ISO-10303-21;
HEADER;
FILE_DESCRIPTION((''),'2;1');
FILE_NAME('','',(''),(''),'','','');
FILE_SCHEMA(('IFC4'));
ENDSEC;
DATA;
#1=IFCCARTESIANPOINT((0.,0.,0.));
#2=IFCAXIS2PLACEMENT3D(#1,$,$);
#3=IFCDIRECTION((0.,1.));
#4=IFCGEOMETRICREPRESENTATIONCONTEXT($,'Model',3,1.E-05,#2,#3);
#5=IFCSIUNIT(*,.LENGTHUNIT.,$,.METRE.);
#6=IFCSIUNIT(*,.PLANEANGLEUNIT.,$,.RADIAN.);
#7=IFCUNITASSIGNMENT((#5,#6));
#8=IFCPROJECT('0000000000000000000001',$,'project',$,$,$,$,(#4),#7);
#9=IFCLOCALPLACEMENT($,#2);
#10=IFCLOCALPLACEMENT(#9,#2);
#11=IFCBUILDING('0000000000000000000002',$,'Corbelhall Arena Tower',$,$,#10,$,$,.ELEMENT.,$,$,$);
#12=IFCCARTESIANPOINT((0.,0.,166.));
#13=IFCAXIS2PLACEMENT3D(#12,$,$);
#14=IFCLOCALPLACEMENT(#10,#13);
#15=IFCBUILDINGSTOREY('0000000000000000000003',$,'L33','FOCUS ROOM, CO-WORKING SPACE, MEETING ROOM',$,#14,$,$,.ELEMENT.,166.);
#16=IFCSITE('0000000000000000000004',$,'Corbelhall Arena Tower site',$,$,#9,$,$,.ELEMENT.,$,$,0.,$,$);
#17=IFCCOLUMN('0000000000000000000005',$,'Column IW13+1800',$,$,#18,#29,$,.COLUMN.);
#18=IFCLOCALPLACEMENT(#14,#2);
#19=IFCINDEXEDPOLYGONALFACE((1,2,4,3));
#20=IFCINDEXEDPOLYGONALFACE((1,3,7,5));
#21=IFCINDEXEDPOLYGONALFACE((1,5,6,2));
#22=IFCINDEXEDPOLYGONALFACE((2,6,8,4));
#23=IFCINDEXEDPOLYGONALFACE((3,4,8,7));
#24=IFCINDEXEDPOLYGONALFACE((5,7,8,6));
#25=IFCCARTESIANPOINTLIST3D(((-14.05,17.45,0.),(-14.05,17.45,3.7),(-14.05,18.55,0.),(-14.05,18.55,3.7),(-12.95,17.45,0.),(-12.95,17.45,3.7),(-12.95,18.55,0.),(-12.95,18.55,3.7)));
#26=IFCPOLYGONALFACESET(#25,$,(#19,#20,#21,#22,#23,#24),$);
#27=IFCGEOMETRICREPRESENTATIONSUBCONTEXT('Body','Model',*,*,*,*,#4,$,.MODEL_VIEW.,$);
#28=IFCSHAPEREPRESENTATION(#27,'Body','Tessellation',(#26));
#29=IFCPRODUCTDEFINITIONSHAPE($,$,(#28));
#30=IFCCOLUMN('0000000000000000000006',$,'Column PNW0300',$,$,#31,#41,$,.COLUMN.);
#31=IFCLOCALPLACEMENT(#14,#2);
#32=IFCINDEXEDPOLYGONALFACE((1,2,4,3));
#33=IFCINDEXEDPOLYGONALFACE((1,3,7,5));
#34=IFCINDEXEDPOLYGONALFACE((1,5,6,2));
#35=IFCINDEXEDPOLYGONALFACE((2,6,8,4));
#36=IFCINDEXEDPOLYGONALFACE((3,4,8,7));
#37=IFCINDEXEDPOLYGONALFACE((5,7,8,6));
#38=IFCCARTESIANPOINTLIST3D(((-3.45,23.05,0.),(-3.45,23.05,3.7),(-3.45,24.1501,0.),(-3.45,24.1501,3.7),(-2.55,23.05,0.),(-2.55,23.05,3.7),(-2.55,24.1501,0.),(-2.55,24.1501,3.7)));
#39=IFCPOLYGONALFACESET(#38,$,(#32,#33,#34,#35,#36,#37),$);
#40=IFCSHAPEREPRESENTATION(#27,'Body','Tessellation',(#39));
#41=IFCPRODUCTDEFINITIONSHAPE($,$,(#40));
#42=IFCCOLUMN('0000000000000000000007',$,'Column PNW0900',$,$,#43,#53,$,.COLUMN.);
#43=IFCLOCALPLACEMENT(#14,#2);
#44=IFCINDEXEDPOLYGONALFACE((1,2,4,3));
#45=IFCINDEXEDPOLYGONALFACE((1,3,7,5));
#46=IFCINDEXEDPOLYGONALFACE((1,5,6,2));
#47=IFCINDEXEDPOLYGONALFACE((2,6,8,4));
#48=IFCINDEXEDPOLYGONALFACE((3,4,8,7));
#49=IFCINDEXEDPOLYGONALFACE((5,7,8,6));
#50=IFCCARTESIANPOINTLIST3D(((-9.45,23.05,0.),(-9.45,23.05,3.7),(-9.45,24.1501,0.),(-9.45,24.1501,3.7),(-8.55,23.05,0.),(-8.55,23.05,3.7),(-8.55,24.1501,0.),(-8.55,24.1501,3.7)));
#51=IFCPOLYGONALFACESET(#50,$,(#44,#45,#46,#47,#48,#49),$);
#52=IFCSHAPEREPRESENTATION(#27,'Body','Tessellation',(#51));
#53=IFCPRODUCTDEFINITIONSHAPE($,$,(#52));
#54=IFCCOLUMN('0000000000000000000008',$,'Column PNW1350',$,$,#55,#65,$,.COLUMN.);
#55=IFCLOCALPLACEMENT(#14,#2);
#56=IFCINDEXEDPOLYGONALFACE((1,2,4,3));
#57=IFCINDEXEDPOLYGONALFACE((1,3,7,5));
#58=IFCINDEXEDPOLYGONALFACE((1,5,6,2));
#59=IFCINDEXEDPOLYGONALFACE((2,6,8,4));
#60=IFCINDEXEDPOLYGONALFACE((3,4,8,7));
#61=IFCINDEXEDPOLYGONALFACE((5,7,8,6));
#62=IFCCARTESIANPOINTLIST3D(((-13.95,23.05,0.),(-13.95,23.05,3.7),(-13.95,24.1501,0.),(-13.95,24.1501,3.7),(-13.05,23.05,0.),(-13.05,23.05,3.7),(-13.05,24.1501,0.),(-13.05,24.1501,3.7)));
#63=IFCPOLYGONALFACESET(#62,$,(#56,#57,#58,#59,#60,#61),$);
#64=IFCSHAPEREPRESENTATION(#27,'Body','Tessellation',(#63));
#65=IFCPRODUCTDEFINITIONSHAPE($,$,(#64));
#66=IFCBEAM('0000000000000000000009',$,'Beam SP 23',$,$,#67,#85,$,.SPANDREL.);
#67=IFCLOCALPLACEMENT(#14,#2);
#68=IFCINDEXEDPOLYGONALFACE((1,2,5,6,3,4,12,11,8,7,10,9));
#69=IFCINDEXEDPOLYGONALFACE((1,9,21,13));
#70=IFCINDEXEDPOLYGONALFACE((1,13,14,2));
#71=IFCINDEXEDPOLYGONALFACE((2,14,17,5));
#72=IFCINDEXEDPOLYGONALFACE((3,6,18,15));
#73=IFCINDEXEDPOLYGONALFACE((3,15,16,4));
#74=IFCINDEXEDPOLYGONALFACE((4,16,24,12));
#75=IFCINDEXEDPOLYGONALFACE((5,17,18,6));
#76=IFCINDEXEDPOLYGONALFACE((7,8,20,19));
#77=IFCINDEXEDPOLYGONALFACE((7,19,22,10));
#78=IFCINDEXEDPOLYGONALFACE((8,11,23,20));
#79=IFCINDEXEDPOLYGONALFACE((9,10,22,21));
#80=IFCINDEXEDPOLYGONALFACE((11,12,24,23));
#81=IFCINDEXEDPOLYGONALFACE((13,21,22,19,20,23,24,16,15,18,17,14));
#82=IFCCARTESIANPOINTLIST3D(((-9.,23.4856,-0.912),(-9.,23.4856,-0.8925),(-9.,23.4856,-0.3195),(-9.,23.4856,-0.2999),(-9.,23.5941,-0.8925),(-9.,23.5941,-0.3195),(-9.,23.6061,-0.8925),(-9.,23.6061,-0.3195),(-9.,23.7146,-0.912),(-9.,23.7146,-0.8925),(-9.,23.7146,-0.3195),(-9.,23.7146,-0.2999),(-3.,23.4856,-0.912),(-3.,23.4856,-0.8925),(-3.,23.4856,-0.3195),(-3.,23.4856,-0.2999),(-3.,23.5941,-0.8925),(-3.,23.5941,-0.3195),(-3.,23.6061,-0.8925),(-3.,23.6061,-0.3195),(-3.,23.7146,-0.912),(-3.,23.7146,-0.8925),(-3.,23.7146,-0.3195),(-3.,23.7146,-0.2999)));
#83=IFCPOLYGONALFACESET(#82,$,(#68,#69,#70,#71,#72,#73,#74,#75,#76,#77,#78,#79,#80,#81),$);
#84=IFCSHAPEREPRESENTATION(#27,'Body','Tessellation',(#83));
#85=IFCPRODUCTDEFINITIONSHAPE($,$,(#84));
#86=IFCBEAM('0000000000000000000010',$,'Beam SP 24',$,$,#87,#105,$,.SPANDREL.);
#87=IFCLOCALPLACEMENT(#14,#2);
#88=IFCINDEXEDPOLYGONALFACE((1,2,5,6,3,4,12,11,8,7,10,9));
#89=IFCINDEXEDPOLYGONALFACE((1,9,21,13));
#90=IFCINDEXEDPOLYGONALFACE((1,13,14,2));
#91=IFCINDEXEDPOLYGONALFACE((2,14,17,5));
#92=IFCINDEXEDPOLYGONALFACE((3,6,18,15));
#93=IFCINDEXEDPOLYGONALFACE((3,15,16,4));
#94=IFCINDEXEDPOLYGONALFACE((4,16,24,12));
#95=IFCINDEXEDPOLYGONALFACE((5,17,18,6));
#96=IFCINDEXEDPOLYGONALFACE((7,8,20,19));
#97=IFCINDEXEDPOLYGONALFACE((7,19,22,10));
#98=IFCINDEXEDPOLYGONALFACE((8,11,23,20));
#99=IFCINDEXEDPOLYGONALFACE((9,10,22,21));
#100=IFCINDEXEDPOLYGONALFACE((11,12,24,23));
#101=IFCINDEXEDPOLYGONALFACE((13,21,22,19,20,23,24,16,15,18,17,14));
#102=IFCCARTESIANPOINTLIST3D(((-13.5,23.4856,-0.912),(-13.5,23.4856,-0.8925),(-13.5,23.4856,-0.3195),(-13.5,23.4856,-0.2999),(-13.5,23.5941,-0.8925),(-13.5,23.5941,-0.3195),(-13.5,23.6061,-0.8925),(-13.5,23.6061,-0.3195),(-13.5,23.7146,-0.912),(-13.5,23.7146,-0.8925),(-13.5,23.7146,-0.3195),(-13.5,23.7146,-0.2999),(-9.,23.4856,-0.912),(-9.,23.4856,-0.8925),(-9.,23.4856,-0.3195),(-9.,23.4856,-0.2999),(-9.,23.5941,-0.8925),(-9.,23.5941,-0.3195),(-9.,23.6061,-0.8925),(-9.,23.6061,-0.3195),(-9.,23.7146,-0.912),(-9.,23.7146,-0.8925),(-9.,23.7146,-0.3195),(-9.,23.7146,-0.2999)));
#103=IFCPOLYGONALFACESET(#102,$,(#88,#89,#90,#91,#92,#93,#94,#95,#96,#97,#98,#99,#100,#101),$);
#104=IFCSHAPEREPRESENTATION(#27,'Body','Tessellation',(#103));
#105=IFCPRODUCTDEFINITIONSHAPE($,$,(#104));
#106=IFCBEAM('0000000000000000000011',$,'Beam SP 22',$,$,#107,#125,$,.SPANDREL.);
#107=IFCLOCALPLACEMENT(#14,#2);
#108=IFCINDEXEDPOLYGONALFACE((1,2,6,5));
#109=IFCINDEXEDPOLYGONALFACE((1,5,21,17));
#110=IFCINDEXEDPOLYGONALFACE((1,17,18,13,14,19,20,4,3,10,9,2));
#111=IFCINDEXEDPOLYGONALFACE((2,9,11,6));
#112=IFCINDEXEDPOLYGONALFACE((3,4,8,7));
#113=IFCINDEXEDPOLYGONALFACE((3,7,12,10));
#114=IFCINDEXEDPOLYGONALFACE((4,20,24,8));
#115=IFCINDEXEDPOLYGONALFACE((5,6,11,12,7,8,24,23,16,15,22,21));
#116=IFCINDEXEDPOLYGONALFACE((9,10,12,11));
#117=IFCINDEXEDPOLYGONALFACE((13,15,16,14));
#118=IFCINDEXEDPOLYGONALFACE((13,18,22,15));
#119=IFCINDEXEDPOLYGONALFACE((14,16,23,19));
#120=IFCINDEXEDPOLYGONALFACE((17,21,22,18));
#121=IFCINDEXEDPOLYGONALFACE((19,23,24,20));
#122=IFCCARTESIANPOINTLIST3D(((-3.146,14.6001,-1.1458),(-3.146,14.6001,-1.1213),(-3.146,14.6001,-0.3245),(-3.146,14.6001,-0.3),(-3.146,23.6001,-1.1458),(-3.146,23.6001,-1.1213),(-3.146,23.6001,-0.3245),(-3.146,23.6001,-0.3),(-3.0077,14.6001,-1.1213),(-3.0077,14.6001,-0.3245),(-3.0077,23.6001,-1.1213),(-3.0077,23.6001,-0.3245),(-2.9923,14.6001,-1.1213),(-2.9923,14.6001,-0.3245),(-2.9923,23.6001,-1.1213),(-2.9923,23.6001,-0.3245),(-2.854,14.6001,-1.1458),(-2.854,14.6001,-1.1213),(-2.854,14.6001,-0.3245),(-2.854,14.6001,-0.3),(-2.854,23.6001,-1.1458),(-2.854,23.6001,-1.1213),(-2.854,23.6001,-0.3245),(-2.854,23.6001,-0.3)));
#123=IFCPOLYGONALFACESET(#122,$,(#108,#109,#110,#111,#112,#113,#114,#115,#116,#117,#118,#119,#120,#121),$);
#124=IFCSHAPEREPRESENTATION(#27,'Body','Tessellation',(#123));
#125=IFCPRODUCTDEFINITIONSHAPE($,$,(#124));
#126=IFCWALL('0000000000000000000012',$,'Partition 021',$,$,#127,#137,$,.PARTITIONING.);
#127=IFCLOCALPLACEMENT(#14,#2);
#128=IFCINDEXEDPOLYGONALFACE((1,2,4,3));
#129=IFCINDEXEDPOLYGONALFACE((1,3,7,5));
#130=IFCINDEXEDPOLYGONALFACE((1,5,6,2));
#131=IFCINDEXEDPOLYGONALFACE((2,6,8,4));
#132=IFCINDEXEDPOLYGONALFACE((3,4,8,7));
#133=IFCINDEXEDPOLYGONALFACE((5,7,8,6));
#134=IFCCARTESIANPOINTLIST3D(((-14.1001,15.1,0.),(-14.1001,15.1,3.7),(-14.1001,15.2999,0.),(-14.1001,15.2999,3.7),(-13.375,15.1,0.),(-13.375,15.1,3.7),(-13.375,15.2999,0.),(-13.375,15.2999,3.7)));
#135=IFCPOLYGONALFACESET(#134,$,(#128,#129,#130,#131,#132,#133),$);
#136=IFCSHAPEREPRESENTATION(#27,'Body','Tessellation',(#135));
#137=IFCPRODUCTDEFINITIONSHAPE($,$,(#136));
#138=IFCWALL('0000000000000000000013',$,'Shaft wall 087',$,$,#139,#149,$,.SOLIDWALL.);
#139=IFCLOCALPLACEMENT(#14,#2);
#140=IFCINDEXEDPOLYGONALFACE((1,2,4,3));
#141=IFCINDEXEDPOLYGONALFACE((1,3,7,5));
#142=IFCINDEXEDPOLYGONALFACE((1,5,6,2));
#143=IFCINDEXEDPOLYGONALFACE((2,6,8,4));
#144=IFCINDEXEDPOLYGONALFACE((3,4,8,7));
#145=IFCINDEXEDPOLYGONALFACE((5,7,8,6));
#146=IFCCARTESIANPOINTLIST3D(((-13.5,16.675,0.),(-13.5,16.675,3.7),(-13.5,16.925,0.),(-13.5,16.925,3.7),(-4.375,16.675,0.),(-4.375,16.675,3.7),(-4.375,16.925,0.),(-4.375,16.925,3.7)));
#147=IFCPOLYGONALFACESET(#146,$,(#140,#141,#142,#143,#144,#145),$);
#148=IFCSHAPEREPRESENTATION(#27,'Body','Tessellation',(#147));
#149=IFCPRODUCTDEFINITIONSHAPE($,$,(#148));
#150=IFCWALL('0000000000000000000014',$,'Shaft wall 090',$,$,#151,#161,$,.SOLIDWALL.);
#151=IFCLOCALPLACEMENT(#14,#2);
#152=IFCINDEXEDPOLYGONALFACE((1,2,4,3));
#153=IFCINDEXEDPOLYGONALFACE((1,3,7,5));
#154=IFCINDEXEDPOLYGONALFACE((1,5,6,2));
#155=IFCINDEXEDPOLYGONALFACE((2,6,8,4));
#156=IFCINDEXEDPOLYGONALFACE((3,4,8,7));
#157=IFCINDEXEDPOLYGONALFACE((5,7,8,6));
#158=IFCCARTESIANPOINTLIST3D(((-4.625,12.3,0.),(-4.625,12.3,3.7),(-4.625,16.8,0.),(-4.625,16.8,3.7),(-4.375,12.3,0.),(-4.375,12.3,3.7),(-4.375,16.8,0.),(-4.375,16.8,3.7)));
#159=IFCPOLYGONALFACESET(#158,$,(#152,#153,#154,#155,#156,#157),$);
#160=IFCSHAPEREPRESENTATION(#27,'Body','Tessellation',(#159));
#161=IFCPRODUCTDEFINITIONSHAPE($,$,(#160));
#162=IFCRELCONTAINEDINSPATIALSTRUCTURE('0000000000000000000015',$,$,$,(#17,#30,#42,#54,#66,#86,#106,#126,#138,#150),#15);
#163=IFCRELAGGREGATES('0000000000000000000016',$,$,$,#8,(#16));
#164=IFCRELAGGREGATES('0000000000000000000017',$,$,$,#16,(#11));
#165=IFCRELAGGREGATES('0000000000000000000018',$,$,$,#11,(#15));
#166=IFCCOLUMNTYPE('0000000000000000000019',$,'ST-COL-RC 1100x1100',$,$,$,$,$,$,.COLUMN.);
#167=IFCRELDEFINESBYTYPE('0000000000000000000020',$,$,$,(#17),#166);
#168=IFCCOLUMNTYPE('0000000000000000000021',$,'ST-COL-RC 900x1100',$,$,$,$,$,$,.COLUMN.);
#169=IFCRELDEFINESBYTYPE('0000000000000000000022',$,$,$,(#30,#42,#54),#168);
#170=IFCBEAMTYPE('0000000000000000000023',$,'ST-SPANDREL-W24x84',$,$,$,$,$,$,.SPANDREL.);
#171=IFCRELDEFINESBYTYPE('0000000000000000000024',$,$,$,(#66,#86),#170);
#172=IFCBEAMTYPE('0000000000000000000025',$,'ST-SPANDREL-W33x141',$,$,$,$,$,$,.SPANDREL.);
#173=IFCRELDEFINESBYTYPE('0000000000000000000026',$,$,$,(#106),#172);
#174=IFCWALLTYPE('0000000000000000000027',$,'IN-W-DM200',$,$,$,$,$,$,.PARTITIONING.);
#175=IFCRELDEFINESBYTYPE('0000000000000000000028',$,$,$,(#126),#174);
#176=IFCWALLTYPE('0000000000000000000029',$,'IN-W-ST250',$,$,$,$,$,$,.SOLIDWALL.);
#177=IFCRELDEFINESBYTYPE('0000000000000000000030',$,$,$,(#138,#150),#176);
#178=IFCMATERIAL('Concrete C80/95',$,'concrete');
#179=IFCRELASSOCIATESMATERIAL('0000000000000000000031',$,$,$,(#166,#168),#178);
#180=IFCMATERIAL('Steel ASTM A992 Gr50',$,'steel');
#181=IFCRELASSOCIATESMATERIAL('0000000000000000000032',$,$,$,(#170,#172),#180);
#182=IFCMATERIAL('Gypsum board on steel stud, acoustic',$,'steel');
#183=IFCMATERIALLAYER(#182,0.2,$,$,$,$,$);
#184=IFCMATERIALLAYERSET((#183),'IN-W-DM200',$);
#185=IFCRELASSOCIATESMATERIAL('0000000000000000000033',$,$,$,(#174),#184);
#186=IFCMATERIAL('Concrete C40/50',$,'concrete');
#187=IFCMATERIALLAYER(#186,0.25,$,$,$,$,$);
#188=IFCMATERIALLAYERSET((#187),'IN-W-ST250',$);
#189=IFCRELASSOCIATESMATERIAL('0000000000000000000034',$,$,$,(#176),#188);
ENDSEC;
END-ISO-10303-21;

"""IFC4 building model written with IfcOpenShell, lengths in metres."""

from ifc_helpers import new_model, si_unit, direction, frame, frame_2d, origin, origin_2d, place, context, subcontext, project, spatial, rectangle, i_section, extrude, material, layer, layer_set, material_profile, profile_set, type_object, element, save


model = new_model("IFC4")

# Units and contexts
model_context = context("Model", 3, precision=1e-05, world=origin(), true_north=direction((0.0, 1.0)))
body_context = subcontext(model_context, "Body", "Model", "MODEL_VIEW")
ifc_project = project(units=[si_unit("LENGTHUNIT", "METRE"), si_unit("PLANEANGLEUNIT", "RADIAN")], contexts=[model_context])

# Site, building, storey
site_placement = place(None, origin())
site = spatial("IfcSite", under=ifc_project, at=site_placement, Name="Corbelhall Arena Tower site", CompositionType="ELEMENT", RefElevation=0.0)
building_placement = place(site_placement, origin())
building = spatial("IfcBuilding", under=site, at=building_placement, Name="Corbelhall Arena Tower", CompositionType="ELEMENT")
storey_placement = place(building_placement, frame((0.0, 0.0, 166.0)))
storey = spatial("IfcBuildingStorey", under=building, at=storey_placement, Name="L33", Description="FOCUS ROOM, CO-WORKING SPACE, MEETING ROOM", CompositionType="ELEMENT", Elevation=166.0)

# Columns
ifc_material_1 = material(Name="Concrete C80/95", Category="concrete")
ifc_material_profile_1 = material_profile(ifc_material_1, rectangle(XDim=1.1001, YDim=1.1001, at=origin_2d()))
ifc_profile_set_1 = profile_set([ifc_material_profile_1], Name="Concrete C80/95")
column_type_1 = type_object("IfcColumnType", Name="ST-COL-RC 1100x1100", PredefinedType="COLUMN", material=ifc_profile_set_1)
column_placement = place(storey_placement, frame((-13.5, 18.0, 0.0), z_axis=(0.0, 0.0, 1.0), x_axis=(1.0, 0.0, 0.0)))
element("IfcColumn", 1, at=column_placement, inside=storey, type_object=column_type_1, Name="Column IW13+1800", PredefinedType="COLUMN", context=body_context, shape_type="SweptSolid", body=[
    extrude(rectangle(XDim=1.1001, YDim=1.1001, at=origin_2d()), origin(), (0.0, 0.0, 1.0), 3.7),
])
ifc_material_profile_2 = material_profile(ifc_material_1, rectangle(XDim=0.8999, YDim=1.1001, at=origin_2d()))
ifc_profile_set_2 = profile_set([ifc_material_profile_2], Name="Concrete C80/95")
column_type_2 = type_object("IfcColumnType", Name="ST-COL-RC 900x1100", PredefinedType="COLUMN", material=ifc_profile_set_2)
for number, where, z_axis, x_axis, name in (
    (2, (-3.0, 23.6001, 0.0), (0.0, 0.0, 1.0), (1.0, 0.0, 0.0), "Column PNW0300"),
    (3, (-9.0, 23.6001, 0.0), (0.0, 0.0, 1.0), (1.0, 0.0, 0.0), "Column PNW0900"),
    (4, (-13.5, 23.6001, 0.0), (0.0, 0.0, 1.0), (1.0, 0.0, 0.0), "Column PNW1350"),
):
    element("IfcColumn", number, at=place(storey_placement, frame(where, z_axis=z_axis, x_axis=x_axis)), inside=storey, type_object=column_type_2, Name=name, PredefinedType="COLUMN", context=body_context, shape_type="SweptSolid", body=[
        extrude(rectangle(XDim=0.8999, YDim=1.1001, at=origin_2d()), origin(), (0.0, 0.0, 1.0), 3.7),
    ])

# Beams
ifc_material_2 = material(Name="Steel ASTM A992 Gr50", Category="steel")
ifc_material_profile_3 = material_profile(ifc_material_2, i_section(OverallWidth=0.229, OverallDepth=0.6121, WebThickness=0.012, FlangeThickness=0.0195, at=origin_2d()))
ifc_profile_set_3 = profile_set([ifc_material_profile_3], Name="Steel ASTM A992 Gr50")
beam_type_1 = type_object("IfcBeamType", Name="ST-SPANDREL-W24x84", PredefinedType="SPANDREL", material=ifc_profile_set_3)
beam_1_placement = place(storey_placement, frame((-9.0, 23.6001, -0.606), z_axis=(1.0, 0.0, 0.0), x_axis=(0.0, 1.0, 0.0)))
element("IfcBeam", 5, at=beam_1_placement, inside=storey, type_object=beam_type_1, Name="Beam SP 23", PredefinedType="SPANDREL", context=body_context, shape_type="SweptSolid", body=[
    extrude(i_section(OverallWidth=0.229, OverallDepth=0.6121, WebThickness=0.012, FlangeThickness=0.0195, at=origin_2d()), origin(), (0.0, 0.0, 1.0), 6.0),
])
beam_2_placement = place(storey_placement, frame((-13.5, 23.6001, -0.606), z_axis=(1.0, 0.0, 0.0), x_axis=(0.0, 1.0, 0.0)))
element("IfcBeam", 6, at=beam_2_placement, inside=storey, type_object=beam_type_1, Name="Beam SP 24", PredefinedType="SPANDREL", context=body_context, shape_type="SweptSolid", body=[
    extrude(i_section(OverallWidth=0.229, OverallDepth=0.6121, WebThickness=0.012, FlangeThickness=0.0195, at=origin_2d()), origin(), (0.0, 0.0, 1.0), 4.5),
])
ifc_material_profile_4 = material_profile(ifc_material_2, i_section(OverallWidth=0.292, OverallDepth=0.8457, WebThickness=0.0154, FlangeThickness=0.0244, at=origin_2d()))
ifc_profile_set_4 = profile_set([ifc_material_profile_4], Name="Steel ASTM A992 Gr50")
beam_type_2 = type_object("IfcBeamType", Name="ST-SPANDREL-W33x141", PredefinedType="SPANDREL", material=ifc_profile_set_4)
beam_3_placement = place(storey_placement, frame((-3.0, 23.6001, -0.7229), z_axis=(0.0, -1.0, 0.0), x_axis=(1.0, 0.0, 0.0)))
element("IfcBeam", 7, at=beam_3_placement, inside=storey, type_object=beam_type_2, Name="Beam SP 22", PredefinedType="SPANDREL", context=body_context, shape_type="SweptSolid", body=[
    extrude(i_section(OverallWidth=0.292, OverallDepth=0.8457, WebThickness=0.0154, FlangeThickness=0.0244, at=origin_2d()), origin(), (0.0, 0.0, 1.0), 9.0),
])

# Walls
ifc_material_3 = material(Name="Gypsum board on steel stud, acoustic", Category="steel")
ifc_layer_1 = layer(ifc_material_3, 0.2)
ifc_layer_set_1 = layer_set([ifc_layer_1], Name="IN-W-DM200")
wall_type_1 = type_object("IfcWallType", Name="IN-W-DM200", PredefinedType="PARTITIONING", material=ifc_layer_set_1)
wall_1_placement = place(storey_placement, frame((-14.1001, 15.2, 0.0), z_axis=(0.0, 0.0, 1.0), x_axis=(1.0, 0.0, 0.0)))
element("IfcWall", 8, at=wall_1_placement, inside=storey, type_object=wall_type_1, Name="Partition 021", PredefinedType="PARTITIONING", context=body_context, shape_type="SweptSolid", body=[
    extrude(rectangle(XDim=0.7251, YDim=0.2, at=frame_2d((0.3625, 0.0))), origin(), (0.0, 0.0, 1.0), 3.7),
])
ifc_material_4 = material(Name="Concrete C40/50", Category="concrete")
ifc_layer_2 = layer(ifc_material_4, 0.25)
ifc_layer_set_2 = layer_set([ifc_layer_2], Name="IN-W-ST250")
wall_type_2 = type_object("IfcWallType", Name="IN-W-ST250", PredefinedType="SOLIDWALL", material=ifc_layer_set_2)
wall_2_placement = place(storey_placement, frame((-13.5, 16.8, 0.0), z_axis=(0.0, 0.0, 1.0), x_axis=(1.0, 0.0, 0.0)))
element("IfcWall", 9, at=wall_2_placement, inside=storey, type_object=wall_type_2, Name="Shaft wall 087", PredefinedType="SOLIDWALL", context=body_context, shape_type="SweptSolid", body=[
    extrude(rectangle(XDim=9.125, YDim=0.25, at=frame_2d((4.5625, 0.0))), origin(), (0.0, 0.0, 1.0), 3.7),
])
wall_3_placement = place(storey_placement, frame((-4.5, 16.8, 0.0), z_axis=(0.0, 0.0, 1.0), x_axis=(0.0, -1.0, 0.0)))
element("IfcWall", 10, at=wall_3_placement, inside=storey, type_object=wall_type_2, Name="Shaft wall 090", PredefinedType="SOLIDWALL", context=body_context, shape_type="SweptSolid", body=[
    extrude(rectangle(XDim=4.5, YDim=0.25, at=frame_2d((2.25, 0.0))), origin(), (0.0, 0.0, 1.0), 3.7),
])

save(model, "model.ifc")
